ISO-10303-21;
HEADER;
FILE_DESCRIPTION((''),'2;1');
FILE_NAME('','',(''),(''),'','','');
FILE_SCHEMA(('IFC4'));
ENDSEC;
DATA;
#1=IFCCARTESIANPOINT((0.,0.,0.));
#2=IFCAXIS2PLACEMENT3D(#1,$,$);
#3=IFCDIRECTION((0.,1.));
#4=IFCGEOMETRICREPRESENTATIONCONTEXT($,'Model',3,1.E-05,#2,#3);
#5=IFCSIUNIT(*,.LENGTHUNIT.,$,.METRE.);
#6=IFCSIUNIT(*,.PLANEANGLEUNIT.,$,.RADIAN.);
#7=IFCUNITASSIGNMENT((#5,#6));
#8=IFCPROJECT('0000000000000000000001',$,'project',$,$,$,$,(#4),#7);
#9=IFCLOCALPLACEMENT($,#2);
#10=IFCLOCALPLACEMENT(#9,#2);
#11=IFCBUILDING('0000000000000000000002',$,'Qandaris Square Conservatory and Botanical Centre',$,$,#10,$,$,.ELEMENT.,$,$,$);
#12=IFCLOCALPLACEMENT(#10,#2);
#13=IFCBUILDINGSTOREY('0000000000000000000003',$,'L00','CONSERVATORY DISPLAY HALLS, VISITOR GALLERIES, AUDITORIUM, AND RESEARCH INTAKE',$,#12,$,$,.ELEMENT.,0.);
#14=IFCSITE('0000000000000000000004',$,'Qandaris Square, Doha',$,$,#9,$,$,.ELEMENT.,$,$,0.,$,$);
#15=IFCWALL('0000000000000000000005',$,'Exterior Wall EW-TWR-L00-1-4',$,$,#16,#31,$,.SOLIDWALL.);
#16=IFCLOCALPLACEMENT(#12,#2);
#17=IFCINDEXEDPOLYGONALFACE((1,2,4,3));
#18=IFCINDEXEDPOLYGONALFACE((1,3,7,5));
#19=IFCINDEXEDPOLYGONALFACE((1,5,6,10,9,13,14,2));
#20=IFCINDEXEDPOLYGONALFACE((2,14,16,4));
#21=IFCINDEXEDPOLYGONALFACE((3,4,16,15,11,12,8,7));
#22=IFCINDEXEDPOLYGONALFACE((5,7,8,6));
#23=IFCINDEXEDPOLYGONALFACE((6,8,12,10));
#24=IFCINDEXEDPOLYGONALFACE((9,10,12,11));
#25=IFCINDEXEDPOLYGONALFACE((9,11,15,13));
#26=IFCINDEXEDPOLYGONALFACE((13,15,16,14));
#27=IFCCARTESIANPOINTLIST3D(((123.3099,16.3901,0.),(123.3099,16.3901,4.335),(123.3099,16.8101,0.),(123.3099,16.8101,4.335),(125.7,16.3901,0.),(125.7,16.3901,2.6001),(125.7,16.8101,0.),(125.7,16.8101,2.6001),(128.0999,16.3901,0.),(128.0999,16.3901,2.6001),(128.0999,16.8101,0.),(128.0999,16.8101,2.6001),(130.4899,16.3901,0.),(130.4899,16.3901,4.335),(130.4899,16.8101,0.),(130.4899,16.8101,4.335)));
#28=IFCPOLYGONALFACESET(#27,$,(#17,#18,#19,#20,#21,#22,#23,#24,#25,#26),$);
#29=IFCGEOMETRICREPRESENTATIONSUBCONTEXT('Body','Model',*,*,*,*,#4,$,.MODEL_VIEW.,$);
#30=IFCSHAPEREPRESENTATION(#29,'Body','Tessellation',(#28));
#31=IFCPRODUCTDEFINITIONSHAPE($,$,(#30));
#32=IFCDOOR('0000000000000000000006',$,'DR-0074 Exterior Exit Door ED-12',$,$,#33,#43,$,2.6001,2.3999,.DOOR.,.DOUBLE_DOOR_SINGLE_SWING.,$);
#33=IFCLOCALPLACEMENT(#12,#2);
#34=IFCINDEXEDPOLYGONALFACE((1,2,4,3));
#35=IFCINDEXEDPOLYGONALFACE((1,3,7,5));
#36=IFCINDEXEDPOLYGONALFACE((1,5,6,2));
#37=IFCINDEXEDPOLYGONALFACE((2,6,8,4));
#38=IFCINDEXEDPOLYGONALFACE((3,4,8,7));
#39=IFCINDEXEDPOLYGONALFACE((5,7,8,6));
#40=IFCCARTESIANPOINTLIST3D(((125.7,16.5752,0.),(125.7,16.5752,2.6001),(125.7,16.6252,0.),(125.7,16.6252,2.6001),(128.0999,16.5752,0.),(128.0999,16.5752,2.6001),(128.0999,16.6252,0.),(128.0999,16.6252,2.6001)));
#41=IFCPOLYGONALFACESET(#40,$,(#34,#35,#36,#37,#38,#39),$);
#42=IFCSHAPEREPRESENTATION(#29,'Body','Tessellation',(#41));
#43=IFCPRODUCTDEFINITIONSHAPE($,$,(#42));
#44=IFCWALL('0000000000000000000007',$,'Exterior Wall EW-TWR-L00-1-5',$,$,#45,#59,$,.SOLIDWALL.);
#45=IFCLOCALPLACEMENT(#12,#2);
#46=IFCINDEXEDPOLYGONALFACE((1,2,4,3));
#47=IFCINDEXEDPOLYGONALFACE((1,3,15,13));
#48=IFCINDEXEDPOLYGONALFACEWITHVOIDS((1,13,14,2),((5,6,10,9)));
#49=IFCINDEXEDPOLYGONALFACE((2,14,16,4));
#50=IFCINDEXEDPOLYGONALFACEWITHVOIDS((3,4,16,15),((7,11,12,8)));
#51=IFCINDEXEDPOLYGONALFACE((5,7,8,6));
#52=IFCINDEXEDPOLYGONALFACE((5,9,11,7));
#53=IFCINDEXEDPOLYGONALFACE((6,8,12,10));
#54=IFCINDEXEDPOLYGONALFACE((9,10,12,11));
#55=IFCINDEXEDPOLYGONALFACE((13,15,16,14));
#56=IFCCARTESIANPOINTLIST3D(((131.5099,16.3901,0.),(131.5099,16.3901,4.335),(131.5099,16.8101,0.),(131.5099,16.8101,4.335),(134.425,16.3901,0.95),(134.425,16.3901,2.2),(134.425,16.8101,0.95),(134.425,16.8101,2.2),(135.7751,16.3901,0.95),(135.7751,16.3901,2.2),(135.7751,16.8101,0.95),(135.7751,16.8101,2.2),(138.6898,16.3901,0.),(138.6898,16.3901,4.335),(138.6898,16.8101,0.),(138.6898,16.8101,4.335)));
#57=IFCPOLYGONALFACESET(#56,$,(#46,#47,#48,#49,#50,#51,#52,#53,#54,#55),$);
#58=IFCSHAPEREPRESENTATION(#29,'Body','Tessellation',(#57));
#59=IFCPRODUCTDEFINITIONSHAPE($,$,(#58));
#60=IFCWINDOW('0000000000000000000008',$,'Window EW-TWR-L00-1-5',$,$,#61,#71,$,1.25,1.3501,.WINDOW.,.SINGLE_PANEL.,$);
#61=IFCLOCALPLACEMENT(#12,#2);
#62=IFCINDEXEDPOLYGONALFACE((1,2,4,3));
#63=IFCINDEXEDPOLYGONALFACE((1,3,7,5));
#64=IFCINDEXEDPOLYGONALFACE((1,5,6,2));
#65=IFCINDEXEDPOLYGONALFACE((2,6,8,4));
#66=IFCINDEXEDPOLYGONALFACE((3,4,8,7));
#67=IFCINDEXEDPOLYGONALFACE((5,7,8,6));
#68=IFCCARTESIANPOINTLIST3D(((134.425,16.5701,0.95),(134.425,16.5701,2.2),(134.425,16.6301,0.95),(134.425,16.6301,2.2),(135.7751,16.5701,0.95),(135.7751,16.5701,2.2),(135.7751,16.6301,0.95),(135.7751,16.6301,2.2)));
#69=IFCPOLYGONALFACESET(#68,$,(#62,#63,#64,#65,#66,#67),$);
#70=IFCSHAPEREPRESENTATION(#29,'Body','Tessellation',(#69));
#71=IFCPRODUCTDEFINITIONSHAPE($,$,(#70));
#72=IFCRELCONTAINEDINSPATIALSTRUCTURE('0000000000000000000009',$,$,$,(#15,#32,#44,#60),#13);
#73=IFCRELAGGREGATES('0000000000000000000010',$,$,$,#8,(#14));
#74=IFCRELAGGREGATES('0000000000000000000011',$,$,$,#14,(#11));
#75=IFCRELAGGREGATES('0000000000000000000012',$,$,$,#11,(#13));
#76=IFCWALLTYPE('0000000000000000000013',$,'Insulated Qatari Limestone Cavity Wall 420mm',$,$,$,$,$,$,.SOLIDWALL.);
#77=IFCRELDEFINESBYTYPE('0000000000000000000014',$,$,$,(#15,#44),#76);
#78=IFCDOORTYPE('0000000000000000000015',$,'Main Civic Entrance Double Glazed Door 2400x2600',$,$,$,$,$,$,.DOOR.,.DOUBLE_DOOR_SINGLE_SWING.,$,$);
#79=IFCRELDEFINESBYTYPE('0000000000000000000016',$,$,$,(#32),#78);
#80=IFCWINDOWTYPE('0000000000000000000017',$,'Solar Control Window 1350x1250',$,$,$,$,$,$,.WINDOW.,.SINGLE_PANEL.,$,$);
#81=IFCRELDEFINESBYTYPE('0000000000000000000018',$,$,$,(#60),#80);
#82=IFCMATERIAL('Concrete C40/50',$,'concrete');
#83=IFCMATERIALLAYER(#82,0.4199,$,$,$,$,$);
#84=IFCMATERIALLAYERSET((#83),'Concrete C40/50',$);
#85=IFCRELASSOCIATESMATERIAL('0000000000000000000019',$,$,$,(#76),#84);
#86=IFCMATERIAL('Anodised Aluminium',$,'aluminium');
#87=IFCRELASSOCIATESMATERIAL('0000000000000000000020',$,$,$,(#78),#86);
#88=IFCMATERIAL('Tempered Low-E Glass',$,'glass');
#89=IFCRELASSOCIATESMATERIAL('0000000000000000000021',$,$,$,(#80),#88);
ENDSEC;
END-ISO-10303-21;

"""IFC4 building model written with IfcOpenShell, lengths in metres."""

from ifc_helpers import new_model, si_unit, direction, frame, frame_2d, origin, place, context, subcontext, project, spatial, rectangle, extrude, material, layer, layer_set, type_object, element, fill, save


model = new_model("IFC4")

# Units and contexts
model_context = context("Model", 3, precision=1e-05, world=origin(), true_north=direction((0.0, 1.0)))
body_context = subcontext(model_context, "Body", "Model", "MODEL_VIEW")
ifc_project = project(units=[si_unit("LENGTHUNIT", "METRE"), si_unit("PLANEANGLEUNIT", "RADIAN")], contexts=[model_context])

# Site, building, storey
site_placement = place(None, origin())
site = spatial("IfcSite", under=ifc_project, at=site_placement, Name="Qandaris Square, Doha", CompositionType="ELEMENT", RefElevation=0.0)
building_placement = place(site_placement, origin())
building = spatial("IfcBuilding", under=site, at=building_placement, Name="Qandaris Square Conservatory and Botanical Centre", CompositionType="ELEMENT")
storey_placement = place(building_placement, origin())
storey = spatial("IfcBuildingStorey", under=building, at=storey_placement, Name="L00", Description="CONSERVATORY DISPLAY HALLS, VISITOR GALLERIES, AUDITORIUM, AND RESEARCH INTAKE", CompositionType="ELEMENT", Elevation=0.0)

# Wall, opening, door
ifc_material_1 = material(Name="Concrete C40/50", Category="concrete")
ifc_layer = layer(ifc_material_1, 0.4199)
ifc_layer_set = layer_set([ifc_layer], Name="Concrete C40/50")
wall_type = type_object("IfcWallType", Name="Insulated Qatari Limestone Cavity Wall 420mm", PredefinedType="SOLIDWALL", material=ifc_layer_set)
wall_1_placement = place(storey_placement, frame((123.3101, 16.6001, 0.0), z_axis=(0.0, 0.0, 1.0), x_axis=(1.0, 0.0, 0.0)))
wall_1 = element("IfcWall", 1, at=wall_1_placement, inside=storey, type_object=wall_type, Name="Exterior Wall EW-TWR-L00-1-4", PredefinedType="SOLIDWALL", context=body_context, shape_type="SweptSolid", body=[
    extrude(rectangle(XDim=7.1799, YDim=0.4199, at=frame_2d((3.5898, 0.0))), origin(), (0.0, 0.0, 1.0), 4.335),
])
opening_1_placement = place(wall_1_placement, frame((2.3899, 0.0, 0.0)))
opening_1 = element("IfcOpeningElement", 2, at=opening_1_placement, cuts=wall_1, PredefinedType="OPENING", context=body_context, shape_type="SweptSolid", body=[
    extrude(rectangle(XDim=2.3999, YDim=2.6001, at=frame_2d((1.2, 1.3))), frame((0.0, 0.2219, 0.0), z_axis=(0.0, -1.0, 0.0), x_axis=(1.0, 0.0, 0.0)), (0.0, 0.0, 1.0), 0.4438),
])
ifc_material_2 = material(Name="Anodised Aluminium", Category="aluminium")
door_type = type_object("IfcDoorType", Name="Main Civic Entrance Double Glazed Door 2400x2600", OperationType="DOUBLE_DOOR_SINGLE_SWING", PredefinedType="DOOR", material=ifc_material_2)
door_placement = place(opening_1_placement, frame((2.3999, 0.0, 0.0), z_axis=(0.0, 0.0, 1.0), x_axis=(-1.0, 0.0, 0.0)))
door = element("IfcDoor", 3, at=door_placement, inside=storey, type_object=door_type, Name="DR-0074 Exterior Exit Door ED-12", OperationType="DOUBLE_DOOR_SINGLE_SWING", OverallHeight=2.6001, OverallWidth=2.3999, PredefinedType="DOOR", context=body_context, shape_type="SweptSolid", body=[
    extrude(rectangle(XDim=2.3999, YDim=2.6001, at=frame_2d((1.2, 1.3))), frame((0.0, 0.0249, 0.0), z_axis=(0.0, -1.0, 0.0), x_axis=(1.0, 0.0, 0.0)), (0.0, 0.0, 1.0), 0.05),
])
fill(opening_1, door)

# Wall, opening, window
wall_2_placement = place(storey_placement, frame((131.51, 16.6001, 0.0), z_axis=(0.0, 0.0, 1.0), x_axis=(1.0, 0.0, 0.0)))
wall_2 = element("IfcWall", 4, at=wall_2_placement, inside=storey, type_object=wall_type, Name="Exterior Wall EW-TWR-L00-1-5", PredefinedType="SOLIDWALL", context=body_context, shape_type="SweptSolid", body=[
    extrude(rectangle(XDim=7.1799, YDim=0.4199, at=frame_2d((3.5898, 0.0))), origin(), (0.0, 0.0, 1.0), 4.335),
])
opening_2_placement = place(wall_2_placement, frame((2.915, 0.0, 0.95)))
opening_2 = element("IfcOpeningElement", 5, at=opening_2_placement, cuts=wall_2, PredefinedType="OPENING", context=body_context, shape_type="SweptSolid", body=[
    extrude(rectangle(XDim=1.3501, YDim=1.25, at=frame_2d((0.675, 0.625))), frame((0.0, 0.2219, 0.0), z_axis=(0.0, -1.0, 0.0), x_axis=(1.0, 0.0, 0.0)), (0.0, 0.0, 1.0), 0.4438),
])
ifc_material_3 = material(Name="Tempered Low-E Glass", Category="glass")
window_type = type_object("IfcWindowType", Name="Solar Control Window 1350x1250", PartitioningType="SINGLE_PANEL", PredefinedType="WINDOW", material=ifc_material_3)
window_placement = place(opening_2_placement, origin())
window = element("IfcWindow", 6, at=window_placement, inside=storey, type_object=window_type, Name="Window EW-TWR-L00-1-5", OverallHeight=1.25, OverallWidth=1.3501, PartitioningType="SINGLE_PANEL", PredefinedType="WINDOW", context=body_context, shape_type="SweptSolid", body=[
    extrude(rectangle(XDim=1.3501, YDim=1.25, at=frame_2d((0.675, 0.625))), frame((0.0, 0.03, 0.0), z_axis=(0.0, -1.0, 0.0), x_axis=(1.0, 0.0, 0.0)), (0.0, 0.0, 1.0), 0.0601),
])
fill(opening_2, window)

save(model, "model.ifc")
